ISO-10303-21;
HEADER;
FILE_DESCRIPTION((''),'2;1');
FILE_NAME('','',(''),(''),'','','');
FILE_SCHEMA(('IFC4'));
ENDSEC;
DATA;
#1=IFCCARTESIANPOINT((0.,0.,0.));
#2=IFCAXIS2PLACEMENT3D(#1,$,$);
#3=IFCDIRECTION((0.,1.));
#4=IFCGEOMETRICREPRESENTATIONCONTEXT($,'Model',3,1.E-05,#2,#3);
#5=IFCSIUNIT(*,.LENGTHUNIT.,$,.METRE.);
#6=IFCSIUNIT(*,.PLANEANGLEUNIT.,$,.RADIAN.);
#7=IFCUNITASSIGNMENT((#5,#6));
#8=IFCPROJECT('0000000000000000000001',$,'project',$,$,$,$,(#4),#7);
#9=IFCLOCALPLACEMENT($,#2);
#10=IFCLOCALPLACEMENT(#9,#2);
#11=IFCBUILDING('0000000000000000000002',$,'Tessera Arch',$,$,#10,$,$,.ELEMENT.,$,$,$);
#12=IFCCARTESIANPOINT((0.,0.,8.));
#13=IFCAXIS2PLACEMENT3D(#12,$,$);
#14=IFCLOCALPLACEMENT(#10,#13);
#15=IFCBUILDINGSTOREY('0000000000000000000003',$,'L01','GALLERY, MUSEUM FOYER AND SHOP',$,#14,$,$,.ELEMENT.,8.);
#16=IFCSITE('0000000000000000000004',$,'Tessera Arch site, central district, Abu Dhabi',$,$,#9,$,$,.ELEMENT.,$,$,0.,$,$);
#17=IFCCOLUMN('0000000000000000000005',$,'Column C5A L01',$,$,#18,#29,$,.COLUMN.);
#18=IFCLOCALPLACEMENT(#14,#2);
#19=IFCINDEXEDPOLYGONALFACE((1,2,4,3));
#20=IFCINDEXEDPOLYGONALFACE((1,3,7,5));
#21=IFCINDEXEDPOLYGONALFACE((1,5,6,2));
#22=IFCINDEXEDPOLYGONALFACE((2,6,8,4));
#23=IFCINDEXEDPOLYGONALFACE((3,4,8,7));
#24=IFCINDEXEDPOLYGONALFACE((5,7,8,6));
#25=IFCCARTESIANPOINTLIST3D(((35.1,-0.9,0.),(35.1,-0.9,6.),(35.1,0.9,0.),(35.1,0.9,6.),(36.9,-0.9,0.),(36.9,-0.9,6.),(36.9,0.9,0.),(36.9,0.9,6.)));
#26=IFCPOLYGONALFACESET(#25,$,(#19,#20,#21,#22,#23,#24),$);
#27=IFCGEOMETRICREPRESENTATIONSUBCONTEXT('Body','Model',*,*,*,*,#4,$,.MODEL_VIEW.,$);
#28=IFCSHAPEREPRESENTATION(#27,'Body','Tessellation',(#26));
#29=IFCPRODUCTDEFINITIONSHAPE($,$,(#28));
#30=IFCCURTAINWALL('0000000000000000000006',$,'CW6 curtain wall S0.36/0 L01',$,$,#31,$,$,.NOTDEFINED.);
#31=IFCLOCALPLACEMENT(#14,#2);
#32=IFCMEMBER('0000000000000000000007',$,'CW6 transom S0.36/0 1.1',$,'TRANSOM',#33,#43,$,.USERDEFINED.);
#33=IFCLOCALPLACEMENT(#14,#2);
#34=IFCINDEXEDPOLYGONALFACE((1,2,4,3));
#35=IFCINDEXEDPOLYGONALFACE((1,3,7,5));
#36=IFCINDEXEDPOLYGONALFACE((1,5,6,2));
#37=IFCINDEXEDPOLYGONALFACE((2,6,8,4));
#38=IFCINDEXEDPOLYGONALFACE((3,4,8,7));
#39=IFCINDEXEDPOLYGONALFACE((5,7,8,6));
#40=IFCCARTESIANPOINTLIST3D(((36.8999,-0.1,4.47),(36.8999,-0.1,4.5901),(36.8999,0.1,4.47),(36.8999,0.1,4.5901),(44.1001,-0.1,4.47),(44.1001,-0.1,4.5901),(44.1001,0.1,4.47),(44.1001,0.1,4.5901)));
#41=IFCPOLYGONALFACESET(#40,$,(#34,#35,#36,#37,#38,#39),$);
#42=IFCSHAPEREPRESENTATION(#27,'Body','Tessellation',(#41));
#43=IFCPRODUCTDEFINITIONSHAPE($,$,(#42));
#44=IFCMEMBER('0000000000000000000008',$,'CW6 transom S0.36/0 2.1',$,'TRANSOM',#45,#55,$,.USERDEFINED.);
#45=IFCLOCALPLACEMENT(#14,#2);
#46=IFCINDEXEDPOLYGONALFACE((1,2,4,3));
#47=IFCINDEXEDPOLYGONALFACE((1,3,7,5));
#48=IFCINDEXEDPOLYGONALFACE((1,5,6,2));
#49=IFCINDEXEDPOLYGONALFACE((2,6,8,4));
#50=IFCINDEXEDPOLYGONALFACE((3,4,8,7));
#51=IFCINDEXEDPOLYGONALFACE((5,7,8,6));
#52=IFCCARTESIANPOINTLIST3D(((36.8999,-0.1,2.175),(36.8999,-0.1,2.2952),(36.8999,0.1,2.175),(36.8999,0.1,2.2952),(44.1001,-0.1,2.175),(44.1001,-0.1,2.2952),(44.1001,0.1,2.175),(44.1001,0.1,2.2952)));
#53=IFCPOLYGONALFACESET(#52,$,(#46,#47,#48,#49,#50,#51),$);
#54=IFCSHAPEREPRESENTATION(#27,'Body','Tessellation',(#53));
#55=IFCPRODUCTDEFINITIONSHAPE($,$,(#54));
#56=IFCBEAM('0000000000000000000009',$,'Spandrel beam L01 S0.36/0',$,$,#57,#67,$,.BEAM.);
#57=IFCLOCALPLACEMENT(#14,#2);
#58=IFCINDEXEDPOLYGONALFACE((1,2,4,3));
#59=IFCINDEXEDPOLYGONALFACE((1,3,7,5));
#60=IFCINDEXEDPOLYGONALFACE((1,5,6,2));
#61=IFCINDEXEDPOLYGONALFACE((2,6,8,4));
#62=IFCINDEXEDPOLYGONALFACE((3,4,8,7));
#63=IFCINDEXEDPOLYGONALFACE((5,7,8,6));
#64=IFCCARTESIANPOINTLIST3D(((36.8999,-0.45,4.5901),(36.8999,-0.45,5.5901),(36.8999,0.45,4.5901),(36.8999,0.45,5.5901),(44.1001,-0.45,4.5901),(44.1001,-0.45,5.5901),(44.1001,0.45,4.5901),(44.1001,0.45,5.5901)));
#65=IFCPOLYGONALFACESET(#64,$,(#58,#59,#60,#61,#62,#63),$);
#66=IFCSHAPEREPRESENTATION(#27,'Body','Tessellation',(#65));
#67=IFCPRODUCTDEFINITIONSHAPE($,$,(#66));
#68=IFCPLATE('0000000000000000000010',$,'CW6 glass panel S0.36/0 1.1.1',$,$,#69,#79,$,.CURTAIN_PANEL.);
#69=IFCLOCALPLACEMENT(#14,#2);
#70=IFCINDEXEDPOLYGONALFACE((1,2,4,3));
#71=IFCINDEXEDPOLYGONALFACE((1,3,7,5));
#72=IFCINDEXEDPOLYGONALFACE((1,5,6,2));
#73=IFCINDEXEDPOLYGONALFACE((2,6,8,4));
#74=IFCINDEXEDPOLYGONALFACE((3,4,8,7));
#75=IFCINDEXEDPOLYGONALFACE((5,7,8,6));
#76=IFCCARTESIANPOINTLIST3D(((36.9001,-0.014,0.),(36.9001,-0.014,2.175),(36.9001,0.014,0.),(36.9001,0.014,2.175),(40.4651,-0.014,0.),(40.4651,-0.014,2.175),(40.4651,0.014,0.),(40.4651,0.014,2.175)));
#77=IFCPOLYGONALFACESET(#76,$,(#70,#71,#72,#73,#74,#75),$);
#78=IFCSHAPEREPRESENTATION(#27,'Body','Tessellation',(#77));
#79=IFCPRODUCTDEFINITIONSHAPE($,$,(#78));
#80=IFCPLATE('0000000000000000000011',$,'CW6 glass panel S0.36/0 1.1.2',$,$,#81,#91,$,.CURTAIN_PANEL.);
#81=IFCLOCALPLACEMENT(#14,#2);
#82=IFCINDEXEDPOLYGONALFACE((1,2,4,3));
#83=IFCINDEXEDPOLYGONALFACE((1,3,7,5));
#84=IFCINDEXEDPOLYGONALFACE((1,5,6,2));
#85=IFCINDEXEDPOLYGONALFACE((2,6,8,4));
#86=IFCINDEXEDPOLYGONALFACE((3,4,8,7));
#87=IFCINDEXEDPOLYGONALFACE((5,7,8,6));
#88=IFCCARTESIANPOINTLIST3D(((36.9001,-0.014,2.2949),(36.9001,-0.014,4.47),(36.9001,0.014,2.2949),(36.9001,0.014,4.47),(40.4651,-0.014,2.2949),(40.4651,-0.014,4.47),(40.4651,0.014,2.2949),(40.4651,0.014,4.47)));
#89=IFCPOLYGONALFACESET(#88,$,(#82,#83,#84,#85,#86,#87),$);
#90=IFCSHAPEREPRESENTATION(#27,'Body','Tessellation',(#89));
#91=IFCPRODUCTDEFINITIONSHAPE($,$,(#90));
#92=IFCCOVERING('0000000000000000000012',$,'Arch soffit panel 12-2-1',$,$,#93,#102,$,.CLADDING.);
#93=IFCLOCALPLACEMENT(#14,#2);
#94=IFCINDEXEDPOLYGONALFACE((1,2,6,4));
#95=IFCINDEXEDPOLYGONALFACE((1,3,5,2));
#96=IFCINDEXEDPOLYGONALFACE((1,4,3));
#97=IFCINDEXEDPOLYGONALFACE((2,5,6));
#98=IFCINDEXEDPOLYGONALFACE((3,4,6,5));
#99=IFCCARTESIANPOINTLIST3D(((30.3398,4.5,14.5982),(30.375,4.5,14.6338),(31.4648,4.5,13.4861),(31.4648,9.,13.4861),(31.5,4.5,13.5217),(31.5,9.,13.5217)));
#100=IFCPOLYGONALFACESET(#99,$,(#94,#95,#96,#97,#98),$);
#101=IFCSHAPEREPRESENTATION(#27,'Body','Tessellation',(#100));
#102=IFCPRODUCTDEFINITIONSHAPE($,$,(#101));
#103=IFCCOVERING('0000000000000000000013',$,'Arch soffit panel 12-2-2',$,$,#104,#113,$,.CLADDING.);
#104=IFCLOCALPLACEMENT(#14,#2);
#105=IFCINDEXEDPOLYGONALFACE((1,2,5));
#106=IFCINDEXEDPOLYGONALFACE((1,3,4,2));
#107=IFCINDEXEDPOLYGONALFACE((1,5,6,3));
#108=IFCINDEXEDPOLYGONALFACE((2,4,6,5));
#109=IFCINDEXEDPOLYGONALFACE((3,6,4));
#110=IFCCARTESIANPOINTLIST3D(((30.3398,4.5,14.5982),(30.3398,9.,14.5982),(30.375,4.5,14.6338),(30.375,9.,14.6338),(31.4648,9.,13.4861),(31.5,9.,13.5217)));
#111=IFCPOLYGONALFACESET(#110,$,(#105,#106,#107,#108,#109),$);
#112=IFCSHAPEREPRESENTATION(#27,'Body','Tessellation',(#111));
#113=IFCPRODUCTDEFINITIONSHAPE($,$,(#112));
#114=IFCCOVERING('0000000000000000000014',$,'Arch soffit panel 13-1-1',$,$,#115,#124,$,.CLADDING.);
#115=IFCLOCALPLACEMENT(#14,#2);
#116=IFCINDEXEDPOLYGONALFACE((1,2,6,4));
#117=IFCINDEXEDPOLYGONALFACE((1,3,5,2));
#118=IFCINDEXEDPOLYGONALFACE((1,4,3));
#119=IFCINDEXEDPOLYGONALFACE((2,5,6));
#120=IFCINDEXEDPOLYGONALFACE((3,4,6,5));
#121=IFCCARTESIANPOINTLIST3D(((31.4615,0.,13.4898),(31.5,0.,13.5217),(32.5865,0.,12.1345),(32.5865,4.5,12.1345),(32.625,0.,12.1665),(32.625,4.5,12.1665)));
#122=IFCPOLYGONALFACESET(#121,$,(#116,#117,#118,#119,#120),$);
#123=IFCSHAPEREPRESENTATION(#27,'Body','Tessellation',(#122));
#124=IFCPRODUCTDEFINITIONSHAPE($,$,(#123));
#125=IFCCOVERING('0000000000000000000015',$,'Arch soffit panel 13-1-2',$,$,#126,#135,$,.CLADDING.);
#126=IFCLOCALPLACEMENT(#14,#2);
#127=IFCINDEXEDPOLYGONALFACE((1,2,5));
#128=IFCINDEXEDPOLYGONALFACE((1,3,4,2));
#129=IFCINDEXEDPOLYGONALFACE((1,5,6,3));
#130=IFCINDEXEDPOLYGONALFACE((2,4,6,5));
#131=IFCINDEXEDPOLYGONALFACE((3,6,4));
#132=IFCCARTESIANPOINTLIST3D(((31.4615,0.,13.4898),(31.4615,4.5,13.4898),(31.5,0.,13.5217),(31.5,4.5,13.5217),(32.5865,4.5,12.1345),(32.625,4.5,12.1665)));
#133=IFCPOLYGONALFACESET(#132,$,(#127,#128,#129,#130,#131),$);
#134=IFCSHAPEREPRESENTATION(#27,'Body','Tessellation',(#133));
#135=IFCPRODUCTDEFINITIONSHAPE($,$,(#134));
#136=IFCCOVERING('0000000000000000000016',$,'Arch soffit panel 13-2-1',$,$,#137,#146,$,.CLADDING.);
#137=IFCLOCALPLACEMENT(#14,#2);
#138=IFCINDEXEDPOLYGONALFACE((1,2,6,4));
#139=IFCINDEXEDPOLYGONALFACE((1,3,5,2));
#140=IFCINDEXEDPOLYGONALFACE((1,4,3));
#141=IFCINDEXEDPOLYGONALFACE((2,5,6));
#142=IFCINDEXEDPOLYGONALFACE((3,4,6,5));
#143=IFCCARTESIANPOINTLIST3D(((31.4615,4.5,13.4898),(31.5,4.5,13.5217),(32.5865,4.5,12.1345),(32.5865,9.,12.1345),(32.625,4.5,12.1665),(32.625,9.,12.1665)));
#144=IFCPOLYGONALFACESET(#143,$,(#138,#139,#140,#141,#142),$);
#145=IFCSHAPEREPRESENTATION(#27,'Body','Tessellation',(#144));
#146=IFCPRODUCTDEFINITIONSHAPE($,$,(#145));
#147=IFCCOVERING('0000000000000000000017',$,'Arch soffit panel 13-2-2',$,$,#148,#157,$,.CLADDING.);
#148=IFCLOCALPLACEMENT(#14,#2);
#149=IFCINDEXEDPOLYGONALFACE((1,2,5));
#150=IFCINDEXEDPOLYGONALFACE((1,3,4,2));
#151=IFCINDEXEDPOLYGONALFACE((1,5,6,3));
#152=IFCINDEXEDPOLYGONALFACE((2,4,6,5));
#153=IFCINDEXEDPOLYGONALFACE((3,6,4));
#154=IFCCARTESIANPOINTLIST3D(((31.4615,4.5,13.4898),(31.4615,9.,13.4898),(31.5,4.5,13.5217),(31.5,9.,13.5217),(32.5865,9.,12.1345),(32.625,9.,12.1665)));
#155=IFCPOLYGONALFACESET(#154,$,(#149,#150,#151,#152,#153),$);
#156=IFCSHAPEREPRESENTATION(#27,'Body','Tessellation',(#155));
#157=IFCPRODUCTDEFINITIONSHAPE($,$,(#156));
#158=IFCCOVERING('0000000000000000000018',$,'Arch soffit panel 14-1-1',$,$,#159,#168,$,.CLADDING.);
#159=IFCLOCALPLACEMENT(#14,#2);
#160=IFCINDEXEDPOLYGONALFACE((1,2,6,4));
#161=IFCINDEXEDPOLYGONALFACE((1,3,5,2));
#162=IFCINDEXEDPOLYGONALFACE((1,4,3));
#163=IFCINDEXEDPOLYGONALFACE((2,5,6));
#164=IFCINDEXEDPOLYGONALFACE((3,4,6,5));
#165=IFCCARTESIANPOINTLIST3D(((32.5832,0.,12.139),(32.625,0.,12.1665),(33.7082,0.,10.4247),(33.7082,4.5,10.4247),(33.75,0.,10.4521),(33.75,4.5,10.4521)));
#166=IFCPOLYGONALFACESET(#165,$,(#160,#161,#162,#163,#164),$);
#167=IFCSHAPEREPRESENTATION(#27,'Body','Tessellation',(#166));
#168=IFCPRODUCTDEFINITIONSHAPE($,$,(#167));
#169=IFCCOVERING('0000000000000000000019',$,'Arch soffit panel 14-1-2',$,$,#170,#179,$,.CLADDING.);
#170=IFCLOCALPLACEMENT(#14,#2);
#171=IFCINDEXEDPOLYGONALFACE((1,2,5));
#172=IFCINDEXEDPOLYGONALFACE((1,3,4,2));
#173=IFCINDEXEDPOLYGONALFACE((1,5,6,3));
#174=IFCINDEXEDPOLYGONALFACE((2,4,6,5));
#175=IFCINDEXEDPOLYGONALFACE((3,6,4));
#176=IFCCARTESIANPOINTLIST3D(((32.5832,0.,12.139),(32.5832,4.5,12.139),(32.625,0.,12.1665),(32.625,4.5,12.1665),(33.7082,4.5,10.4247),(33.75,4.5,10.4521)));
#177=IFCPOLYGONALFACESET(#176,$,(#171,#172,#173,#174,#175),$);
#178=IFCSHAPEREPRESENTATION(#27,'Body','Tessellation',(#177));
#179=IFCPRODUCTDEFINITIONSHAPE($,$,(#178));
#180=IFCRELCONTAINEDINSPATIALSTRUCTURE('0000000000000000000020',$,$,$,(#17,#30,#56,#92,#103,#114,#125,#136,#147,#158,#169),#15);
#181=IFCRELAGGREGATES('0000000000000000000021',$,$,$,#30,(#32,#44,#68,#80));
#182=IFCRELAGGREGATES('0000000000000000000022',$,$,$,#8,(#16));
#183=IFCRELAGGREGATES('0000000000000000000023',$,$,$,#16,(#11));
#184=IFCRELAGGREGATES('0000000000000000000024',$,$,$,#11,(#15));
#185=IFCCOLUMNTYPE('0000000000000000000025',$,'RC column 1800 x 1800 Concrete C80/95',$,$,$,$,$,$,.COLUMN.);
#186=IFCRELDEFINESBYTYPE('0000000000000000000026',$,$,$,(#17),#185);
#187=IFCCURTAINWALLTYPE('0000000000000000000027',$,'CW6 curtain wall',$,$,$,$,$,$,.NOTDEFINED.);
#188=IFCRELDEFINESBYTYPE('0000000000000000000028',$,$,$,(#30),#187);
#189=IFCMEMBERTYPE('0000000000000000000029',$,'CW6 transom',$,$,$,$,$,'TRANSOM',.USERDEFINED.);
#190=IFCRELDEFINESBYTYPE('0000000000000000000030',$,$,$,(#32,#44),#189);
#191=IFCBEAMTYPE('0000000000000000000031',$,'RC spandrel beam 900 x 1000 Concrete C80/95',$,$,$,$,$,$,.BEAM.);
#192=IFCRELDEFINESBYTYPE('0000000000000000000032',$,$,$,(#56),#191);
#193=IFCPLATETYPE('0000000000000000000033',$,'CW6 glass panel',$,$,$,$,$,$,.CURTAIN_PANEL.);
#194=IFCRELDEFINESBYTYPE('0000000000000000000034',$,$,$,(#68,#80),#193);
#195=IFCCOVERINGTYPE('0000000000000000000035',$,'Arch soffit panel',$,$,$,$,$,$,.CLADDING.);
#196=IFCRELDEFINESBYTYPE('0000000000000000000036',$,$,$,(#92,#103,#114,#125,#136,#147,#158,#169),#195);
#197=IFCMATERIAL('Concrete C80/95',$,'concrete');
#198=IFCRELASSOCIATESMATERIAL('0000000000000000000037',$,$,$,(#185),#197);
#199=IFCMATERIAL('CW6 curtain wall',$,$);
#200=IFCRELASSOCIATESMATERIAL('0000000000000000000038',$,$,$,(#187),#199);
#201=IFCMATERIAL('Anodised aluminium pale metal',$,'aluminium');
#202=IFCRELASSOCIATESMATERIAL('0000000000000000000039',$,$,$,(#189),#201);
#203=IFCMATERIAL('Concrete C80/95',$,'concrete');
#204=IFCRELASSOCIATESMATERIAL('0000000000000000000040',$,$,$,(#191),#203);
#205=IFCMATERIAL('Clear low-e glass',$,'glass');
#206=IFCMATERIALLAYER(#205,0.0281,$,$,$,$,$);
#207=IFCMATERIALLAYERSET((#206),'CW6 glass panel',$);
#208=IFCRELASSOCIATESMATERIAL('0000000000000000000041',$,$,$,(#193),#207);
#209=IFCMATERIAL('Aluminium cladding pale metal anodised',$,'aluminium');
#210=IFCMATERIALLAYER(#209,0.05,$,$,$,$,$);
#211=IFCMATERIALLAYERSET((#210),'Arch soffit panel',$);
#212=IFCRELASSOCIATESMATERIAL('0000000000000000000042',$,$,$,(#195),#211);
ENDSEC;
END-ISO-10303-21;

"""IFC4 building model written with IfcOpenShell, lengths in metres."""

from ifc_helpers import new_model, si_unit, direction, frame, origin, origin_2d, place, context, subcontext, project, spatial, polyline, rectangle, outline, extrude, material, layer, layer_set, material_profile, profile_set, type_object, element, aggregate, save


model = new_model("IFC4")

# Units and contexts
model_context = context("Model", 3, precision=1e-05, world=origin(), true_north=direction((0.0, 1.0)))
body_context = subcontext(model_context, "Body", "Model", "MODEL_VIEW")
ifc_project = project(units=[si_unit("LENGTHUNIT", "METRE"), si_unit("PLANEANGLEUNIT", "RADIAN")], contexts=[model_context])

# Site, building, storey
site_placement = place(None, origin())
site = spatial("IfcSite", under=ifc_project, at=site_placement, Name="Tessera Arch site, central district, Abu Dhabi", CompositionType="ELEMENT", RefElevation=0.0)
building_placement = place(site_placement, origin())
building = spatial("IfcBuilding", under=site, at=building_placement, Name="Tessera Arch", CompositionType="ELEMENT")
storey_placement = place(building_placement, frame((0.0, 0.0, 8.0)))
storey = spatial("IfcBuildingStorey", under=building, at=storey_placement, Name="L01", Description="GALLERY, MUSEUM FOYER AND SHOP", CompositionType="ELEMENT", Elevation=8.0)

# Column
ifc_material_1 = material(Name="Concrete C80/95", Category="concrete")
ifc_material_profile_1 = material_profile(ifc_material_1, rectangle(XDim=1.8, YDim=1.8, at=origin_2d()), Name="RC column 1800 x 1800 Concrete C80/95")
ifc_profile_set_1 = profile_set([ifc_material_profile_1], Name="Concrete C80/95")
column_type = type_object("IfcColumnType", Name="RC column 1800 x 1800 Concrete C80/95", PredefinedType="COLUMN", material=ifc_profile_set_1)
column_placement = place(storey_placement, frame((36.0, 0.0, 0.0), z_axis=(0.0, 0.0, 1.0), x_axis=(1.0, 0.0, 0.0)))
element("IfcColumn", 1, at=column_placement, inside=storey, type_object=column_type, Name="Column C5A L01", PredefinedType="COLUMN", context=body_context, shape_type="SweptSolid", body=[
    extrude(rectangle(XDim=1.8, YDim=1.8, at=origin_2d()), origin(), (0.0, 0.0, 1.0), 6.0),
])

# Curtain wall, members
ifc_material_2 = material(Name="CW6 curtain wall")
curtain_wall_type = type_object("IfcCurtainWallType", Name="CW6 curtain wall", PredefinedType="NOTDEFINED", material=ifc_material_2)
curtain_wall_placement = place(storey_placement, origin())
curtain_wall = element("IfcCurtainWall", 2, at=curtain_wall_placement, inside=storey, type_object=curtain_wall_type, Name="CW6 curtain wall S0.36/0 L01", PredefinedType="NOTDEFINED")
ifc_material_3 = material(Name="Anodised aluminium pale metal", Category="aluminium")
ifc_material_profile_2 = material_profile(ifc_material_3, rectangle(XDim=0.2, YDim=0.1201, at=origin_2d()), Name="AL 200x120")
ifc_profile_set_2 = profile_set([ifc_material_profile_2], Name="Anodised aluminium pale metal")
member_type = type_object("IfcMemberType", Name="CW6 transom", ElementType="TRANSOM", PredefinedType="USERDEFINED", material=ifc_profile_set_2)
member_1_placement = place(storey_placement, frame((36.8999, 0.0, 4.53), z_axis=(1.0, 0.0, 0.0), x_axis=(0.0, 1.0, 0.0)))
member_1 = element("IfcMember", 3, at=member_1_placement, type_object=member_type, Name="CW6 transom S0.36/0 1.1", ObjectType="TRANSOM", PredefinedType="USERDEFINED", context=body_context, shape_type="SweptSolid", body=[
    extrude(rectangle(XDim=0.2, YDim=0.1201, at=origin_2d()), origin(), (0.0, 0.0, 1.0), 7.2002),
])
member_2_placement = place(storey_placement, frame((36.8999, 0.0, 2.2351), z_axis=(1.0, 0.0, 0.0), x_axis=(0.0, 1.0, 0.0)))
member_2 = element("IfcMember", 4, at=member_2_placement, type_object=member_type, Name="CW6 transom S0.36/0 2.1", ObjectType="TRANSOM", PredefinedType="USERDEFINED", context=body_context, shape_type="SweptSolid", body=[
    extrude(rectangle(XDim=0.2, YDim=0.1201, at=origin_2d()), origin(), (0.0, 0.0, 1.0), 7.2002),
])

# Beam
ifc_material_4 = material(Name="Concrete C80/95", Category="concrete")
ifc_material_profile_3 = material_profile(ifc_material_4, rectangle(XDim=0.8999, YDim=1.0, at=origin_2d()), Name="RC spandrel beam 900 x 1000 Concrete C80/95")
ifc_profile_set_3 = profile_set([ifc_material_profile_3], Name="Concrete C80/95")
beam_type = type_object("IfcBeamType", Name="RC spandrel beam 900 x 1000 Concrete C80/95", PredefinedType="BEAM", material=ifc_profile_set_3)
beam_placement = place(storey_placement, frame((36.8999, 0.0, 5.0901), z_axis=(1.0, 0.0, 0.0), x_axis=(0.0, 1.0, 0.0)))
element("IfcBeam", 5, at=beam_placement, inside=storey, type_object=beam_type, Name="Spandrel beam L01 S0.36/0", PredefinedType="BEAM", context=body_context, shape_type="SweptSolid", body=[
    extrude(rectangle(XDim=0.8999, YDim=1.0, at=origin_2d()), origin(), (0.0, 0.0, 1.0), 7.2002),
])

# Plates
ifc_material_5 = material(Name="Clear low-e glass", Category="glass")
ifc_layer_1 = layer(ifc_material_5, 0.0281)
ifc_layer_set_1 = layer_set([ifc_layer_1], Name="CW6 glass panel")
plate_type = type_object("IfcPlateType", Name="CW6 glass panel", PredefinedType="CURTAIN_PANEL", material=ifc_layer_set_1)
plate_1_placement = place(storey_placement, frame((38.6826, 0.0, 0.0), z_axis=(0.0, 0.0, 1.0), x_axis=(1.0, 0.0, 0.0)))
plate_1 = element("IfcPlate", 6, at=plate_1_placement, type_object=plate_type, Name="CW6 glass panel S0.36/0 1.1.1", PredefinedType="CURTAIN_PANEL", context=body_context, shape_type="SweptSolid", body=[
    extrude(rectangle(XDim=3.5649, YDim=0.0281, at=origin_2d()), origin(), (0.0, 0.0, 1.0), 2.175),
])
plate_2_placement = place(storey_placement, frame((38.6826, 0.0, 2.2949), z_axis=(0.0, 0.0, 1.0), x_axis=(1.0, 0.0, 0.0)))
plate_2 = element("IfcPlate", 7, at=plate_2_placement, type_object=plate_type, Name="CW6 glass panel S0.36/0 1.1.2", PredefinedType="CURTAIN_PANEL", context=body_context, shape_type="SweptSolid", body=[
    extrude(rectangle(XDim=3.5649, YDim=0.0281, at=origin_2d()), origin(), (0.0, 0.0, 1.0), 2.175),
])
aggregate(curtain_wall, [member_1, member_2, plate_1, plate_2])

# Coverings
ifc_material_6 = material(Name="Aluminium cladding pale metal anodised", Category="aluminium")
ifc_layer_2 = layer(ifc_material_6, 0.05)
ifc_layer_set_2 = layer_set([ifc_layer_2], Name="Arch soffit panel")
covering_type = type_object("IfcCoveringType", Name="Arch soffit panel", PredefinedType="CLADDING", material=ifc_layer_set_2)
covering_1_placement = place(storey_placement, frame((30.375, 4.5, 14.6338), z_axis=(0.703005, 0.0, 0.711185), x_axis=(0.711185, 0.0, -0.703005)))
element("IfcCovering", 8, at=covering_1_placement, inside=storey, type_object=covering_type, Name="Arch soffit panel 12-2-1", PredefinedType="CLADDING", context=body_context, shape_type="SweptSolid", body=[
    extrude(outline(polyline([(0.0, 0.0), (1.5819, 0.0), (1.5819, 4.5), (0.0, 0.0)])), origin(), (0.0, 0.0, -1.0), 0.05),
])
covering_2_placement = place(storey_placement, frame((30.375, 4.5, 14.6338), z_axis=(0.703005, 0.0, 0.711185), x_axis=(0.235852, 0.943409, -0.233139)))
element("IfcCovering", 9, at=covering_2_placement, inside=storey, type_object=covering_type, Name="Arch soffit panel 12-2-2", PredefinedType="CLADDING", context=body_context, shape_type="SweptSolid", body=[
    extrude(outline(polyline([(0.0, 0.0), (4.7699, 0.0), (4.2453, 1.4923), (0.0, 0.0)])), origin(), (0.0, 0.0, -1.0), 0.05),
])
covering_3_placement = place(storey_placement, frame((31.5, 0.0, 13.5217), z_axis=(0.769436, 0.0, 0.638724), x_axis=(0.638724, 0.0, -0.769436)))
element("IfcCovering", 10, at=covering_3_placement, inside=storey, type_object=covering_type, Name="Arch soffit panel 13-1-1", PredefinedType="CLADDING", context=body_context, shape_type="SweptSolid", body=[
    extrude(outline(polyline([(0.0, 0.0), (1.7613, 0.0), (1.7613, 4.5), (0.0, 0.0)])), origin(), (0.0, 0.0, -1.0), 0.05),
])
covering_4_placement = place(storey_placement, frame((31.5, 0.0, 13.5217), z_axis=(0.769436, 0.0, 0.638724), x_axis=(0.232803, 0.931211, -0.280444)))
element("IfcCovering", 11, at=covering_4_placement, inside=storey, type_object=covering_type, Name="Arch soffit panel 13-1-2", PredefinedType="CLADDING", context=body_context, shape_type="SweptSolid", body=[
    extrude(outline(polyline([(0.0, 0.0), (4.8324, 0.0), (4.1904, 1.6402), (0.0, 0.0)])), origin(), (0.0, 0.0, -1.0), 0.05),
])
covering_5_placement = place(storey_placement, frame((31.5, 4.5, 13.5217), z_axis=(0.769436, 0.0, 0.638724), x_axis=(0.638724, 0.0, -0.769436)))
element("IfcCovering", 12, at=covering_5_placement, inside=storey, type_object=covering_type, Name="Arch soffit panel 13-2-1", PredefinedType="CLADDING", context=body_context, shape_type="SweptSolid", body=[
    extrude(outline(polyline([(0.0, 0.0), (1.7613, 0.0), (1.7613, 4.5), (0.0, 0.0)])), origin(), (0.0, 0.0, -1.0), 0.05),
])
covering_6_placement = place(storey_placement, frame((31.5, 4.5, 13.5217), z_axis=(0.769436, 0.0, 0.638724), x_axis=(0.232803, 0.931211, -0.280444)))
element("IfcCovering", 13, at=covering_6_placement, inside=storey, type_object=covering_type, Name="Arch soffit panel 13-2-2", PredefinedType="CLADDING", context=body_context, shape_type="SweptSolid", body=[
    extrude(outline(polyline([(0.0, 0.0), (4.8324, 0.0), (4.1904, 1.6402), (0.0, 0.0)])), origin(), (0.0, 0.0, -1.0), 0.05),
])
covering_7_placement = place(storey_placement, frame((32.625, 0.0, 12.1665), z_axis=(0.836058, 0.0, 0.548641), x_axis=(0.548641, 0.0, -0.836058)))
element("IfcCovering", 14, at=covering_7_placement, inside=storey, type_object=covering_type, Name="Arch soffit panel 14-1-1", PredefinedType="CLADDING", context=body_context, shape_type="SweptSolid", body=[
    extrude(outline(polyline([(0.0, 0.0), (2.0505, 0.0), (2.0505, 4.5), (0.0, 0.0)])), origin(), (0.0, 0.0, -1.0), 0.05),
])
covering_8_placement = place(storey_placement, frame((32.625, 0.0, 12.1665), z_axis=(0.836058, 0.0, 0.548641), x_axis=(0.227495, 0.90998, -0.346673)))
element("IfcCovering", 15, at=covering_8_placement, inside=storey, type_object=covering_type, Name="Arch soffit panel 14-1-2", PredefinedType="CLADDING", context=body_context, shape_type="SweptSolid", body=[
    extrude(outline(polyline([(0.0, 0.0), (4.9452, 0.0), (4.0949, 1.8659), (0.0, 0.0)])), origin(), (0.0, 0.0, -1.0), 0.05),
])

save(model, "model.ifc")
